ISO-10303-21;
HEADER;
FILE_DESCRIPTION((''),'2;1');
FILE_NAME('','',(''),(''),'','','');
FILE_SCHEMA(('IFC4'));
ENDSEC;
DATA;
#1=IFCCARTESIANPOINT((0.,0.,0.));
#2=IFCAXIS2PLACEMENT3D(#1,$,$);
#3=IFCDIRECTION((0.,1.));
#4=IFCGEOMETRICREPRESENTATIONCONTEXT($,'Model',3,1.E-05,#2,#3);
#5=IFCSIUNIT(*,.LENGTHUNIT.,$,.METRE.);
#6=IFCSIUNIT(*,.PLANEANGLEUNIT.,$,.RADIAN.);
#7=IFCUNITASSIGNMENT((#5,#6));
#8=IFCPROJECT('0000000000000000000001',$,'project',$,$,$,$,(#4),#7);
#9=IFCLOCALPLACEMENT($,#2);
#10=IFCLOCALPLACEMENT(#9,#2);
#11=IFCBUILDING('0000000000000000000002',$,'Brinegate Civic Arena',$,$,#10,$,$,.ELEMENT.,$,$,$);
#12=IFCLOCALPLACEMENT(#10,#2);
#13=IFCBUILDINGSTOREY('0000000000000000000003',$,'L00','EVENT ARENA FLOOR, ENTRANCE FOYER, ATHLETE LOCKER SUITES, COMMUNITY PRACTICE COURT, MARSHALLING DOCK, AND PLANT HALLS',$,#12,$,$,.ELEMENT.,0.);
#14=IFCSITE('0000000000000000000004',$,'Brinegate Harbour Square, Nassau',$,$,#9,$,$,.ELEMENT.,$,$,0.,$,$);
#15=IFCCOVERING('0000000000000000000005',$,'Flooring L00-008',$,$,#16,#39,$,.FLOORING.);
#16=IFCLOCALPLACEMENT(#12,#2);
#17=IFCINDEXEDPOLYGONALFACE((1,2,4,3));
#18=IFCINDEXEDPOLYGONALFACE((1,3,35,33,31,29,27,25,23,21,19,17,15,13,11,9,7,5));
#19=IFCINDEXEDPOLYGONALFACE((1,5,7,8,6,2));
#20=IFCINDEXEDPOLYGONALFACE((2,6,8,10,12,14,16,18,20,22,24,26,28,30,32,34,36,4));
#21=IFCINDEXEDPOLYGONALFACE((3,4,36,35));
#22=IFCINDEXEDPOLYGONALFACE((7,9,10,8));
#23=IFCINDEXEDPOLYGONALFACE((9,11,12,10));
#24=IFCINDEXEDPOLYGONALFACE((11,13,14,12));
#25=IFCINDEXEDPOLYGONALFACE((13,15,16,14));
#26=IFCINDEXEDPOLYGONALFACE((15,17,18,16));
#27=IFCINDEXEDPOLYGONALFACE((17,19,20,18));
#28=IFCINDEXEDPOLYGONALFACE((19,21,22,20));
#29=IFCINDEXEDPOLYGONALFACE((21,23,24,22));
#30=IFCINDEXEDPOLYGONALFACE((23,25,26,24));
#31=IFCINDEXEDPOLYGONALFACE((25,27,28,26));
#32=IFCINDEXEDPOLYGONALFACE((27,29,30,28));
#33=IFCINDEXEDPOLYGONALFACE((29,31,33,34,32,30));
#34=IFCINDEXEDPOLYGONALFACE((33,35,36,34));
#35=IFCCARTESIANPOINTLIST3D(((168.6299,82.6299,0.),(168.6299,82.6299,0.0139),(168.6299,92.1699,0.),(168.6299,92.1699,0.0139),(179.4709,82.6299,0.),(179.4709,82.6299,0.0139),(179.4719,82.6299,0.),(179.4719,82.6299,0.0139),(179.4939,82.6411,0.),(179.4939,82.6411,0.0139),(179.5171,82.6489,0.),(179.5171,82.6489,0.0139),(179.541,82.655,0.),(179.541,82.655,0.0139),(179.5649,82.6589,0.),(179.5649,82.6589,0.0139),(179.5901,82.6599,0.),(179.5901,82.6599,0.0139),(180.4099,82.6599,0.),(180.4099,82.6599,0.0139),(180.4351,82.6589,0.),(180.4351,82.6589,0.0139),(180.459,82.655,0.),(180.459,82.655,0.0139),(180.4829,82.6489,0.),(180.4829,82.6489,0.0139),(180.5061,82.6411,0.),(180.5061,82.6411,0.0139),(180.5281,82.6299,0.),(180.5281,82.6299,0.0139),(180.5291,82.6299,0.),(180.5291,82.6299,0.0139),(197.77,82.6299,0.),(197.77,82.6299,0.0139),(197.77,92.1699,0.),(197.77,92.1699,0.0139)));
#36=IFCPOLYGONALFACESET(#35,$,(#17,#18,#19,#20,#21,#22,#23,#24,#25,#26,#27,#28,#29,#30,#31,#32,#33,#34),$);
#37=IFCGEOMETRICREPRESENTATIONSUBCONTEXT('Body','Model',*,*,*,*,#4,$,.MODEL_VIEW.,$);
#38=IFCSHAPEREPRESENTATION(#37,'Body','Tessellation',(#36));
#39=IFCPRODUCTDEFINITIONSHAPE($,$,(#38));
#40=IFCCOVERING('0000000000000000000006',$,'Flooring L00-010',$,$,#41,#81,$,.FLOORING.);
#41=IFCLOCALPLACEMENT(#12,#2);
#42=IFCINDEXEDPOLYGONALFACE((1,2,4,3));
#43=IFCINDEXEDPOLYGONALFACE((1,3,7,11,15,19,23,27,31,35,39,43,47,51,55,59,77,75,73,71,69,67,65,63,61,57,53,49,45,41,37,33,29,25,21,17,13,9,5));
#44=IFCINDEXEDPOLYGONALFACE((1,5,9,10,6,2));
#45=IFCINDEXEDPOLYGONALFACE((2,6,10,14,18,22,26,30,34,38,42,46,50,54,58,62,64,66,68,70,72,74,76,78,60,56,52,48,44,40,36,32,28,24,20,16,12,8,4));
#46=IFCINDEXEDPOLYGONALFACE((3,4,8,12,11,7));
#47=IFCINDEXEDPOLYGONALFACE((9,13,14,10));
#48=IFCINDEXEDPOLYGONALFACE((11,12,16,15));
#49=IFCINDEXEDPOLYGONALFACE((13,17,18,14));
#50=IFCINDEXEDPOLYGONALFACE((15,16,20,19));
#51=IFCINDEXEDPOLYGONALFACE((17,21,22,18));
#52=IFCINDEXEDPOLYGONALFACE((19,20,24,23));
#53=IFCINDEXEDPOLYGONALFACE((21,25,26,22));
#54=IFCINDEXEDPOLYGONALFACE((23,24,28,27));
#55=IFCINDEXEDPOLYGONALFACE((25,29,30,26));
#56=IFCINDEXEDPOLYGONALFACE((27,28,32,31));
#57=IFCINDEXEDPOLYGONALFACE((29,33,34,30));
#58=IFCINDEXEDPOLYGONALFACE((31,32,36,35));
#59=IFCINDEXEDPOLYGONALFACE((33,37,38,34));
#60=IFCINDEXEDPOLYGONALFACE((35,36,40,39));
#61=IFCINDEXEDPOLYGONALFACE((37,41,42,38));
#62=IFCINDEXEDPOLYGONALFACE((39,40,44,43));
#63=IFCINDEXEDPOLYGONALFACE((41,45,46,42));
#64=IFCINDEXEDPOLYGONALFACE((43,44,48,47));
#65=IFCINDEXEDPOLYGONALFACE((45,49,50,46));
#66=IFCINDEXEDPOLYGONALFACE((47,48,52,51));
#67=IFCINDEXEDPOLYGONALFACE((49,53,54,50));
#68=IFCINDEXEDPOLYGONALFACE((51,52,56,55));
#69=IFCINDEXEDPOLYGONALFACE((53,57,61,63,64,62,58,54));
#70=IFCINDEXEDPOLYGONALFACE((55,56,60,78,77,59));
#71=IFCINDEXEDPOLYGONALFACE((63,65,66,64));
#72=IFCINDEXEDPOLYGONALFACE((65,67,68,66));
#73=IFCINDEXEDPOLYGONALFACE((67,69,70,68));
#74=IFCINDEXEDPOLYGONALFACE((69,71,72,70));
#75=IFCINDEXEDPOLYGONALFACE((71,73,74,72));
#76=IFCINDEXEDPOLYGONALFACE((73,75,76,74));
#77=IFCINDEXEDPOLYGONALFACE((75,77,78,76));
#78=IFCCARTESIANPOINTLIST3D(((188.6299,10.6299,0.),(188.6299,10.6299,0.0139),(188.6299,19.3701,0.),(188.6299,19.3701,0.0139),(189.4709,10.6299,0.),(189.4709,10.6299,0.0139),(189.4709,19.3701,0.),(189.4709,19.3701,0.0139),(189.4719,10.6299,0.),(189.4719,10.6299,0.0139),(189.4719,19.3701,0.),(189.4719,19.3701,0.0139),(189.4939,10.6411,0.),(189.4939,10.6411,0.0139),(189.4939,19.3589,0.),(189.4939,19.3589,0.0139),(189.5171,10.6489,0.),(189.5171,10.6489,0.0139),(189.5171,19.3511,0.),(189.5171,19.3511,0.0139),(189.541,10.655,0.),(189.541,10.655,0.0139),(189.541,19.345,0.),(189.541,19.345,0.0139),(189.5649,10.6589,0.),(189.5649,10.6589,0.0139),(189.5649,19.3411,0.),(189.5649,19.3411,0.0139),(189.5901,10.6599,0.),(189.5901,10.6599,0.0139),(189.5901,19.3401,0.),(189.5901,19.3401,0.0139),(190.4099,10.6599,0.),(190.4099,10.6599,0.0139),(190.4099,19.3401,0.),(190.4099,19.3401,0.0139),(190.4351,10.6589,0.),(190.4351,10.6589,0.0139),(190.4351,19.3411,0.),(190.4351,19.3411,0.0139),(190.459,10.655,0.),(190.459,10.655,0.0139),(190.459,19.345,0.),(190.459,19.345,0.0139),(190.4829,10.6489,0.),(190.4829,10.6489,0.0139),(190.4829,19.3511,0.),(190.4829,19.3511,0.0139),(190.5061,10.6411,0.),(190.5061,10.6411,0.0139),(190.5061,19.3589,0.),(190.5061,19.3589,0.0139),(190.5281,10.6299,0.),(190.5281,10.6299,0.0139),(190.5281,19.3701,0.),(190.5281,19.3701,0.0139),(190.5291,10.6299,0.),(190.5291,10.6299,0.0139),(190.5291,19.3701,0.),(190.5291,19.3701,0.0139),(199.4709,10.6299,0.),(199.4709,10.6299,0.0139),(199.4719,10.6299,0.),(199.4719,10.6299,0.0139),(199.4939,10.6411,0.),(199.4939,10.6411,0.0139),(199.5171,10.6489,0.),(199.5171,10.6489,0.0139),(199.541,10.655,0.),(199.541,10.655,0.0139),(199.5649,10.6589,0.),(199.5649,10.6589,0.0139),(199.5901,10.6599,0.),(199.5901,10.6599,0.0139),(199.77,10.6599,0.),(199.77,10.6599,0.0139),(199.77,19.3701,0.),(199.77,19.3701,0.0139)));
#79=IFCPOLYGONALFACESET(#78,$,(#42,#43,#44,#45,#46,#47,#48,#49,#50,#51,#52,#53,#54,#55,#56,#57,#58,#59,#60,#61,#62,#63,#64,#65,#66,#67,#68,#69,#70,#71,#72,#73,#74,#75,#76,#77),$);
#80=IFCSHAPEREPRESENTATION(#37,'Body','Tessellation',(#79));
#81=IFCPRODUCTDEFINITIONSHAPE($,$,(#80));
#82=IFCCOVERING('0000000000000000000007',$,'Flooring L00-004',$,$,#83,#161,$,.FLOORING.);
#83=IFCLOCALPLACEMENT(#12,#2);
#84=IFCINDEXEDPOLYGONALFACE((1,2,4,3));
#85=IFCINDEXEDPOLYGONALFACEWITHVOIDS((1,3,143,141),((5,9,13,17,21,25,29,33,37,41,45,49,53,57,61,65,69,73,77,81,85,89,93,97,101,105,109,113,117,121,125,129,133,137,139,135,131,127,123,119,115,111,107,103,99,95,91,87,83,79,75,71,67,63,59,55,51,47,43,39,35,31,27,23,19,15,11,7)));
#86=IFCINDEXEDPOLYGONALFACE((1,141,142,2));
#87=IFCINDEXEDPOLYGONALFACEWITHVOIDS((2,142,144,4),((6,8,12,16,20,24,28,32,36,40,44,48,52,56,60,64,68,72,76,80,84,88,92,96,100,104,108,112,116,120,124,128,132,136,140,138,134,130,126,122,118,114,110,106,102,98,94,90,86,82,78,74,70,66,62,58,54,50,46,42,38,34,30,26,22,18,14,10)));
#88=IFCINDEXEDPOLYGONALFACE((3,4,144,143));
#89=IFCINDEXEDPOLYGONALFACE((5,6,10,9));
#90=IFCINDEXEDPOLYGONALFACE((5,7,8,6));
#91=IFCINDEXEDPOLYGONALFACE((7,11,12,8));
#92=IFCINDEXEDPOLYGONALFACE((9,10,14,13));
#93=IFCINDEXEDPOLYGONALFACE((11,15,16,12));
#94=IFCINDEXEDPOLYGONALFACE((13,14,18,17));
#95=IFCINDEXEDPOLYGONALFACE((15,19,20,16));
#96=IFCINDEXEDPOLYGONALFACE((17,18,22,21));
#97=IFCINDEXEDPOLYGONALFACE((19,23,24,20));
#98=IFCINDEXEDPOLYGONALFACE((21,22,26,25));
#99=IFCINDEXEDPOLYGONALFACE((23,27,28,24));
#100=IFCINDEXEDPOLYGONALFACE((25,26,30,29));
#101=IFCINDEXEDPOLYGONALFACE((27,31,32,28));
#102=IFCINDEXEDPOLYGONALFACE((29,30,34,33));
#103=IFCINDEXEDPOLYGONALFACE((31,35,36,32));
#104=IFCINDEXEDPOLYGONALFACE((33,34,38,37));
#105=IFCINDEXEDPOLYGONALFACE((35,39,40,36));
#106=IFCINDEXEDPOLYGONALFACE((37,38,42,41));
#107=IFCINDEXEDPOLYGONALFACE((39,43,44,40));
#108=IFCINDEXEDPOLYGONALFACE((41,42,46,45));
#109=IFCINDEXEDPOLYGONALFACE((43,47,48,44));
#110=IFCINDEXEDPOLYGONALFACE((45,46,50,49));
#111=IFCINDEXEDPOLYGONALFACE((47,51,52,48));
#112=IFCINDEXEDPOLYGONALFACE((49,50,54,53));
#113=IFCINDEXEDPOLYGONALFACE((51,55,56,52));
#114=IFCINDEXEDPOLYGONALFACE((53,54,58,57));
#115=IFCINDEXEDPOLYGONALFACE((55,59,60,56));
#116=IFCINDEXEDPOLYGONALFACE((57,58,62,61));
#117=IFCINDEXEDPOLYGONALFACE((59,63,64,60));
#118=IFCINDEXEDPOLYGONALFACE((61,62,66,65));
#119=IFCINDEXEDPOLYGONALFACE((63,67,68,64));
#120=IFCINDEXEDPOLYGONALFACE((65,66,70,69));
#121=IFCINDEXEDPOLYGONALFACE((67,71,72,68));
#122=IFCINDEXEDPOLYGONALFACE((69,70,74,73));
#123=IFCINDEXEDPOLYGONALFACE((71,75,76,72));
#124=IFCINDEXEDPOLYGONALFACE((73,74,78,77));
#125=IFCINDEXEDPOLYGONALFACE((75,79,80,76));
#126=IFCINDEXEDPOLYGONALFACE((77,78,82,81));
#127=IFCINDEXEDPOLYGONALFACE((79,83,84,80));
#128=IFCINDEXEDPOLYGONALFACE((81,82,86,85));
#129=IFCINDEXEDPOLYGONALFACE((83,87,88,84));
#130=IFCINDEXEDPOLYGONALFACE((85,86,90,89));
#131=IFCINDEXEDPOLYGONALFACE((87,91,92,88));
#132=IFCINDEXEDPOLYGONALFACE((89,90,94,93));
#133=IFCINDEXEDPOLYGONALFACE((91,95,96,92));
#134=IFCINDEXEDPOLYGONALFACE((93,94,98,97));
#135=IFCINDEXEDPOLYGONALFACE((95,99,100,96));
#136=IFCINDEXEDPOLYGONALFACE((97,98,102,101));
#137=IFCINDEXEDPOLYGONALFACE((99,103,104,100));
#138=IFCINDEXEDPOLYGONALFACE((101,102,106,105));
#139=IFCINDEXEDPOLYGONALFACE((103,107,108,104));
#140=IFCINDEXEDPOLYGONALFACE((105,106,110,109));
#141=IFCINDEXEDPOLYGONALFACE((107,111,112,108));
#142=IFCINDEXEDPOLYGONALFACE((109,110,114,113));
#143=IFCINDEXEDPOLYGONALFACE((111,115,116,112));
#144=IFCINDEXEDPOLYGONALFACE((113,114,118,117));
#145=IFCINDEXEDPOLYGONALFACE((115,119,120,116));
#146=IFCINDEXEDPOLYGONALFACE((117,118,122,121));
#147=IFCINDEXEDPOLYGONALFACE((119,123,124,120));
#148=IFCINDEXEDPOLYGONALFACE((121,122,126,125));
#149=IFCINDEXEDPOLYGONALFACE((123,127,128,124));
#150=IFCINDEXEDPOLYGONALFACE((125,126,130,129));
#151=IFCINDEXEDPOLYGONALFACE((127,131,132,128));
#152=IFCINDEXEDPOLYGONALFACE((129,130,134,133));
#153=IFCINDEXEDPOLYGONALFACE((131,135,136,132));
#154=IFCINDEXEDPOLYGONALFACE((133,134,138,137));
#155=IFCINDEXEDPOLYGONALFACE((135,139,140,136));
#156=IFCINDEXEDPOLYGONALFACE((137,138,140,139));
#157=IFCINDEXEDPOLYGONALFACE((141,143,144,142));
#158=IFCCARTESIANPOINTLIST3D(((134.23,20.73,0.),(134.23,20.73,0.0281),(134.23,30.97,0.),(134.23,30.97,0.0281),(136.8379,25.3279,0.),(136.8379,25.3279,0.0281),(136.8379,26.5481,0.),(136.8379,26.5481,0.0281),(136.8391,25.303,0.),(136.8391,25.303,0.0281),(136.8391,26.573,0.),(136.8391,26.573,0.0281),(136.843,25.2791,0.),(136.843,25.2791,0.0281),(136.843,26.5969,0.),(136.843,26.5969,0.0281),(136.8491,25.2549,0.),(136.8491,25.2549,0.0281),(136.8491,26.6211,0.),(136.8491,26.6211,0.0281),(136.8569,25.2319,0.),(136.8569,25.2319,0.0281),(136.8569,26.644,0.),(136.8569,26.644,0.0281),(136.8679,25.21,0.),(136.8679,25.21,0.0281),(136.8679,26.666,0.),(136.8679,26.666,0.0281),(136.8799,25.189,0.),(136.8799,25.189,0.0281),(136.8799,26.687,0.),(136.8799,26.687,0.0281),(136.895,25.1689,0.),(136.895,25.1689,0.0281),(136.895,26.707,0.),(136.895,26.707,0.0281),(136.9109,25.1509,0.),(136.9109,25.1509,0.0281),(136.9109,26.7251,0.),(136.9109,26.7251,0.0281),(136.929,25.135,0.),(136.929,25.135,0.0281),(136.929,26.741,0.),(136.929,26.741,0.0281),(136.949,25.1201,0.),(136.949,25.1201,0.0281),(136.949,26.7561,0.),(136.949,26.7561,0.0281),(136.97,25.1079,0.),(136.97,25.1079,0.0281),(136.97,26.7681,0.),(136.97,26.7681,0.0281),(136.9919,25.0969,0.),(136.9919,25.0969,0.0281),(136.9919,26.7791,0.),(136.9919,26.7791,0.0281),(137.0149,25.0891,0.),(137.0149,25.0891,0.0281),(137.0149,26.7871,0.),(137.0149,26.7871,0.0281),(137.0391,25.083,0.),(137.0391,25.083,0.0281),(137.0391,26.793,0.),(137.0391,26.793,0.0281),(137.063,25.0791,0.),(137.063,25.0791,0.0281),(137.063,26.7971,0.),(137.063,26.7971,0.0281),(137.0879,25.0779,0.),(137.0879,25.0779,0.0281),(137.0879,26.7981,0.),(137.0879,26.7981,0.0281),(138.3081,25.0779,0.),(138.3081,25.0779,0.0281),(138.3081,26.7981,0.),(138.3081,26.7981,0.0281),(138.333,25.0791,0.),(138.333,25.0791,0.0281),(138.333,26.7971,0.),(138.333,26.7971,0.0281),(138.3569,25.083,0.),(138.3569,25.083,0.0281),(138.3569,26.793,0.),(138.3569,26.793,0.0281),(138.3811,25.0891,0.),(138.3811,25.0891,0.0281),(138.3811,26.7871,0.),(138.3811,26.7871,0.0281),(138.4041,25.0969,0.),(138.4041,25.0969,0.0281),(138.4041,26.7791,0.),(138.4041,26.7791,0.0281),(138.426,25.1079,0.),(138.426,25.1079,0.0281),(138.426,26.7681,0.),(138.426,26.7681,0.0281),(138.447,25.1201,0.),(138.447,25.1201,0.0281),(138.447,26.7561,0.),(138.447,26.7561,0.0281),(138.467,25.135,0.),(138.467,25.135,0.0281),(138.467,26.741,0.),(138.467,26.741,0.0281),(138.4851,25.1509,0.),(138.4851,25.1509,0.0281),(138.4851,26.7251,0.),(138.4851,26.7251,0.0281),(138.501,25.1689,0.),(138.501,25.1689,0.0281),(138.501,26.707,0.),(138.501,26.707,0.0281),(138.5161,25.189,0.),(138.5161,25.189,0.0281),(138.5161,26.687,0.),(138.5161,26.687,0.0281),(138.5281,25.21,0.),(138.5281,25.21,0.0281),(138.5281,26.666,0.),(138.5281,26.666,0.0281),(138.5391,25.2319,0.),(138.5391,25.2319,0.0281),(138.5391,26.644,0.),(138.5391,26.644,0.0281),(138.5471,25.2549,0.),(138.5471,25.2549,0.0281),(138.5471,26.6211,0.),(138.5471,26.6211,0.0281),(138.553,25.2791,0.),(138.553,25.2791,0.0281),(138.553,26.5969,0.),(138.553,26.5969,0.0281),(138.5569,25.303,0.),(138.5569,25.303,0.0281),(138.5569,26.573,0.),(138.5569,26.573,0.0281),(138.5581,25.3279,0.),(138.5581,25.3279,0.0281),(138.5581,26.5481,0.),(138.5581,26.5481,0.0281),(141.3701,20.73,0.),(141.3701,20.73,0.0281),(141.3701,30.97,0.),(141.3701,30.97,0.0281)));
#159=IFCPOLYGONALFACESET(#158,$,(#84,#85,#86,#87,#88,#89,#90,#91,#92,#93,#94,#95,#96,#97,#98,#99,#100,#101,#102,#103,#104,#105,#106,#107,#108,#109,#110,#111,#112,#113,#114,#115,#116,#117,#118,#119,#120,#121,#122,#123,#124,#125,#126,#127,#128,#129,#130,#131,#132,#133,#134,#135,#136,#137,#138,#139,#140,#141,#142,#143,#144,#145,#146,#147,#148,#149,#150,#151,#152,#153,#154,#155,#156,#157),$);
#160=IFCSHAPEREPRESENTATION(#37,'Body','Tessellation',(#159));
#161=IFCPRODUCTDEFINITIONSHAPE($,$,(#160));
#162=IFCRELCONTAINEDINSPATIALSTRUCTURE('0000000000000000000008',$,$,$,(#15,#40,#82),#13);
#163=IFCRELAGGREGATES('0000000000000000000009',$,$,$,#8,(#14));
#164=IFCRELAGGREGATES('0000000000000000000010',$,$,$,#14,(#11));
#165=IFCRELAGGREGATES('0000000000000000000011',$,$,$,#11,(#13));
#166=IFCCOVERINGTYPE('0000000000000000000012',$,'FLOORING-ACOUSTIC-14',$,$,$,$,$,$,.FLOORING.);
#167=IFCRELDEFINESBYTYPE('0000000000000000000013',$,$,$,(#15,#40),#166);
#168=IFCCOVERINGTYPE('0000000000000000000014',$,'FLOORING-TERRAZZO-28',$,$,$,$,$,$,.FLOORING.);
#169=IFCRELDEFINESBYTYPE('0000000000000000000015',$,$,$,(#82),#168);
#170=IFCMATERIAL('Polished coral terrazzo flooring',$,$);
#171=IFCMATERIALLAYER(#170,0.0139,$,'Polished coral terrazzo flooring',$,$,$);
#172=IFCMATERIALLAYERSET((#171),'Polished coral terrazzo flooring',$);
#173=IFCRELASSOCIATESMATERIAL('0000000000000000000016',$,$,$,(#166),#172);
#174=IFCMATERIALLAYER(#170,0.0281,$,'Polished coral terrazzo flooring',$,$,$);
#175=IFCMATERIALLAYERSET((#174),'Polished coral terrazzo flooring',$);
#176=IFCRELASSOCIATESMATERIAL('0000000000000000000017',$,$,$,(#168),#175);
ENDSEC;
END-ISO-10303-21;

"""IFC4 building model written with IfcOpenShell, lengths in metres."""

from ifc_helpers import new_model, si_unit, direction, origin, place, context, subcontext, project, spatial, polyline, outline, extrude, material, layer, layer_set, type_object, element, save


model = new_model("IFC4")

# Units and contexts
model_context = context("Model", 3, precision=1e-05, world=origin(), true_north=direction((0.0, 1.0)))
body_context = subcontext(model_context, "Body", "Model", "MODEL_VIEW")
ifc_project = project(units=[si_unit("LENGTHUNIT", "METRE"), si_unit("PLANEANGLEUNIT", "RADIAN")], contexts=[model_context])

# Site, building, storey
site_placement = place(None, origin())
site = spatial("IfcSite", under=ifc_project, at=site_placement, Name="Brinegate Harbour Square, Nassau", CompositionType="ELEMENT", RefElevation=0.0)
building_placement = place(site_placement, origin())
building = spatial("IfcBuilding", under=site, at=building_placement, Name="Brinegate Civic Arena", CompositionType="ELEMENT")
storey_placement = place(building_placement, origin())
storey = spatial("IfcBuildingStorey", under=building, at=storey_placement, Name="L00", Description="EVENT ARENA FLOOR, ENTRANCE FOYER, ATHLETE LOCKER SUITES, COMMUNITY PRACTICE COURT, MARSHALLING DOCK, AND PLANT HALLS", CompositionType="ELEMENT", Elevation=0.0)

# Coverings
ifc_material_1 = material(Name="Polished coral terrazzo flooring")
ifc_layer_1 = layer(ifc_material_1, 0.0139, Name="Polished coral terrazzo flooring")
ifc_layer_set_1 = layer_set([ifc_layer_1], Name="Polished coral terrazzo flooring")
covering_type_1 = type_object("IfcCoveringType", Name="FLOORING-ACOUSTIC-14", PredefinedType="FLOORING", material=ifc_layer_set_1)
covering_1_placement = place(storey_placement, origin())
element("IfcCovering", 1, at=covering_1_placement, inside=storey, type_object=covering_type_1, Name="Flooring L00-008", PredefinedType="FLOORING", context=body_context, shape_type="SweptSolid", body=[
    extrude(outline(polyline([(168.6299, 92.1699), (197.77, 92.1699), (197.77, 82.6299), (180.5291, 82.6299), (180.5281, 82.6299), (180.5061, 82.6411), (180.4829, 82.6489), (180.459, 82.655), (180.4351, 82.6589), (180.4099, 82.6599), (179.5901, 82.6599), (179.5649, 82.6589), (179.541, 82.655), (179.5171, 82.6489), (179.4939, 82.6411), (179.4719, 82.6299), (179.4709, 82.6299), (168.6299, 82.6299), (168.6299, 92.1699)])), origin(), (0.0, 0.0, 1.0), 0.0139),
])
covering_2_placement = place(storey_placement, origin())
element("IfcCovering", 2, at=covering_2_placement, inside=storey, type_object=covering_type_1, Name="Flooring L00-010", PredefinedType="FLOORING", context=body_context, shape_type="SweptSolid", body=[
    extrude(outline(polyline([(188.6299, 10.6299), (188.6299, 19.3701), (189.4709, 19.3701), (189.4719, 19.3701), (189.4939, 19.3589), (189.5171, 19.3511), (189.541, 19.345), (189.5649, 19.3411), (189.5901, 19.3401), (190.4099, 19.3401), (190.4351, 19.3411), (190.459, 19.345), (190.4829, 19.3511), (190.5061, 19.3589), (190.5281, 19.3701), (190.5291, 19.3701), (199.77, 19.3701), (199.77, 10.6599), (199.5901, 10.6599), (199.5649, 10.6589), (199.541, 10.655), (199.5171, 10.6489), (199.4939, 10.6411), (199.4719, 10.6299), (199.4709, 10.6299), (190.5291, 10.6299), (190.5281, 10.6299), (190.5061, 10.6411), (190.4829, 10.6489), (190.459, 10.655), (190.4351, 10.6589), (190.4099, 10.6599), (189.5901, 10.6599), (189.5649, 10.6589), (189.541, 10.655), (189.5171, 10.6489), (189.4939, 10.6411), (189.4719, 10.6299), (189.4709, 10.6299), (188.6299, 10.6299)])), origin(), (0.0, 0.0, 1.0), 0.0139),
])
ifc_layer_2 = layer(ifc_material_1, 0.0281, Name="Polished coral terrazzo flooring")
ifc_layer_set_2 = layer_set([ifc_layer_2], Name="Polished coral terrazzo flooring")
covering_type_2 = type_object("IfcCoveringType", Name="FLOORING-TERRAZZO-28", PredefinedType="FLOORING", material=ifc_layer_set_2)
covering_3_placement = place(storey_placement, origin())
element("IfcCovering", 3, at=covering_3_placement, inside=storey, type_object=covering_type_2, Name="Flooring L00-004", PredefinedType="FLOORING", context=body_context, shape_type="SweptSolid", body=[
    extrude(outline(polyline([(134.23, 30.97), (141.3701, 30.97), (141.3701, 20.73), (134.23, 20.73), (134.23, 30.97)]), holes=[polyline([(138.5581, 26.5481), (138.5569, 26.573), (138.553, 26.5969), (138.5471, 26.6211), (138.5391, 26.644), (138.5281, 26.666), (138.5161, 26.687), (138.501, 26.707), (138.4851, 26.7251), (138.467, 26.741), (138.447, 26.7561), (138.426, 26.7681), (138.4041, 26.7791), (138.3811, 26.7871), (138.3569, 26.793), (138.333, 26.7971), (138.3081, 26.7981), (137.0879, 26.7981), (137.063, 26.7971), (137.0391, 26.793), (137.0149, 26.7871), (136.9919, 26.7791), (136.97, 26.7681), (136.949, 26.7561), (136.929, 26.741), (136.9109, 26.7251), (136.895, 26.707), (136.8799, 26.687), (136.8679, 26.666), (136.8569, 26.644), (136.8491, 26.6211), (136.843, 26.5969), (136.8391, 26.573), (136.8379, 26.5481), (136.8379, 25.3279), (136.8391, 25.303), (136.843, 25.2791), (136.8491, 25.2549), (136.8569, 25.2319), (136.8679, 25.21), (136.8799, 25.189), (136.895, 25.1689), (136.9109, 25.1509), (136.929, 25.135), (136.949, 25.1201), (136.97, 25.1079), (136.9919, 25.0969), (137.0149, 25.0891), (137.0391, 25.083), (137.063, 25.0791), (137.0879, 25.0779), (138.3081, 25.0779), (138.333, 25.0791), (138.3569, 25.083), (138.3811, 25.0891), (138.4041, 25.0969), (138.426, 25.1079), (138.447, 25.1201), (138.467, 25.135), (138.4851, 25.1509), (138.501, 25.1689), (138.5161, 25.189), (138.5281, 25.21), (138.5391, 25.2319), (138.5471, 25.2549), (138.553, 25.2791), (138.5569, 25.303), (138.5581, 25.3279), (138.5581, 26.5481)])]), origin(), (0.0, 0.0, 1.0), 0.0281),
])

save(model, "model.ifc")
